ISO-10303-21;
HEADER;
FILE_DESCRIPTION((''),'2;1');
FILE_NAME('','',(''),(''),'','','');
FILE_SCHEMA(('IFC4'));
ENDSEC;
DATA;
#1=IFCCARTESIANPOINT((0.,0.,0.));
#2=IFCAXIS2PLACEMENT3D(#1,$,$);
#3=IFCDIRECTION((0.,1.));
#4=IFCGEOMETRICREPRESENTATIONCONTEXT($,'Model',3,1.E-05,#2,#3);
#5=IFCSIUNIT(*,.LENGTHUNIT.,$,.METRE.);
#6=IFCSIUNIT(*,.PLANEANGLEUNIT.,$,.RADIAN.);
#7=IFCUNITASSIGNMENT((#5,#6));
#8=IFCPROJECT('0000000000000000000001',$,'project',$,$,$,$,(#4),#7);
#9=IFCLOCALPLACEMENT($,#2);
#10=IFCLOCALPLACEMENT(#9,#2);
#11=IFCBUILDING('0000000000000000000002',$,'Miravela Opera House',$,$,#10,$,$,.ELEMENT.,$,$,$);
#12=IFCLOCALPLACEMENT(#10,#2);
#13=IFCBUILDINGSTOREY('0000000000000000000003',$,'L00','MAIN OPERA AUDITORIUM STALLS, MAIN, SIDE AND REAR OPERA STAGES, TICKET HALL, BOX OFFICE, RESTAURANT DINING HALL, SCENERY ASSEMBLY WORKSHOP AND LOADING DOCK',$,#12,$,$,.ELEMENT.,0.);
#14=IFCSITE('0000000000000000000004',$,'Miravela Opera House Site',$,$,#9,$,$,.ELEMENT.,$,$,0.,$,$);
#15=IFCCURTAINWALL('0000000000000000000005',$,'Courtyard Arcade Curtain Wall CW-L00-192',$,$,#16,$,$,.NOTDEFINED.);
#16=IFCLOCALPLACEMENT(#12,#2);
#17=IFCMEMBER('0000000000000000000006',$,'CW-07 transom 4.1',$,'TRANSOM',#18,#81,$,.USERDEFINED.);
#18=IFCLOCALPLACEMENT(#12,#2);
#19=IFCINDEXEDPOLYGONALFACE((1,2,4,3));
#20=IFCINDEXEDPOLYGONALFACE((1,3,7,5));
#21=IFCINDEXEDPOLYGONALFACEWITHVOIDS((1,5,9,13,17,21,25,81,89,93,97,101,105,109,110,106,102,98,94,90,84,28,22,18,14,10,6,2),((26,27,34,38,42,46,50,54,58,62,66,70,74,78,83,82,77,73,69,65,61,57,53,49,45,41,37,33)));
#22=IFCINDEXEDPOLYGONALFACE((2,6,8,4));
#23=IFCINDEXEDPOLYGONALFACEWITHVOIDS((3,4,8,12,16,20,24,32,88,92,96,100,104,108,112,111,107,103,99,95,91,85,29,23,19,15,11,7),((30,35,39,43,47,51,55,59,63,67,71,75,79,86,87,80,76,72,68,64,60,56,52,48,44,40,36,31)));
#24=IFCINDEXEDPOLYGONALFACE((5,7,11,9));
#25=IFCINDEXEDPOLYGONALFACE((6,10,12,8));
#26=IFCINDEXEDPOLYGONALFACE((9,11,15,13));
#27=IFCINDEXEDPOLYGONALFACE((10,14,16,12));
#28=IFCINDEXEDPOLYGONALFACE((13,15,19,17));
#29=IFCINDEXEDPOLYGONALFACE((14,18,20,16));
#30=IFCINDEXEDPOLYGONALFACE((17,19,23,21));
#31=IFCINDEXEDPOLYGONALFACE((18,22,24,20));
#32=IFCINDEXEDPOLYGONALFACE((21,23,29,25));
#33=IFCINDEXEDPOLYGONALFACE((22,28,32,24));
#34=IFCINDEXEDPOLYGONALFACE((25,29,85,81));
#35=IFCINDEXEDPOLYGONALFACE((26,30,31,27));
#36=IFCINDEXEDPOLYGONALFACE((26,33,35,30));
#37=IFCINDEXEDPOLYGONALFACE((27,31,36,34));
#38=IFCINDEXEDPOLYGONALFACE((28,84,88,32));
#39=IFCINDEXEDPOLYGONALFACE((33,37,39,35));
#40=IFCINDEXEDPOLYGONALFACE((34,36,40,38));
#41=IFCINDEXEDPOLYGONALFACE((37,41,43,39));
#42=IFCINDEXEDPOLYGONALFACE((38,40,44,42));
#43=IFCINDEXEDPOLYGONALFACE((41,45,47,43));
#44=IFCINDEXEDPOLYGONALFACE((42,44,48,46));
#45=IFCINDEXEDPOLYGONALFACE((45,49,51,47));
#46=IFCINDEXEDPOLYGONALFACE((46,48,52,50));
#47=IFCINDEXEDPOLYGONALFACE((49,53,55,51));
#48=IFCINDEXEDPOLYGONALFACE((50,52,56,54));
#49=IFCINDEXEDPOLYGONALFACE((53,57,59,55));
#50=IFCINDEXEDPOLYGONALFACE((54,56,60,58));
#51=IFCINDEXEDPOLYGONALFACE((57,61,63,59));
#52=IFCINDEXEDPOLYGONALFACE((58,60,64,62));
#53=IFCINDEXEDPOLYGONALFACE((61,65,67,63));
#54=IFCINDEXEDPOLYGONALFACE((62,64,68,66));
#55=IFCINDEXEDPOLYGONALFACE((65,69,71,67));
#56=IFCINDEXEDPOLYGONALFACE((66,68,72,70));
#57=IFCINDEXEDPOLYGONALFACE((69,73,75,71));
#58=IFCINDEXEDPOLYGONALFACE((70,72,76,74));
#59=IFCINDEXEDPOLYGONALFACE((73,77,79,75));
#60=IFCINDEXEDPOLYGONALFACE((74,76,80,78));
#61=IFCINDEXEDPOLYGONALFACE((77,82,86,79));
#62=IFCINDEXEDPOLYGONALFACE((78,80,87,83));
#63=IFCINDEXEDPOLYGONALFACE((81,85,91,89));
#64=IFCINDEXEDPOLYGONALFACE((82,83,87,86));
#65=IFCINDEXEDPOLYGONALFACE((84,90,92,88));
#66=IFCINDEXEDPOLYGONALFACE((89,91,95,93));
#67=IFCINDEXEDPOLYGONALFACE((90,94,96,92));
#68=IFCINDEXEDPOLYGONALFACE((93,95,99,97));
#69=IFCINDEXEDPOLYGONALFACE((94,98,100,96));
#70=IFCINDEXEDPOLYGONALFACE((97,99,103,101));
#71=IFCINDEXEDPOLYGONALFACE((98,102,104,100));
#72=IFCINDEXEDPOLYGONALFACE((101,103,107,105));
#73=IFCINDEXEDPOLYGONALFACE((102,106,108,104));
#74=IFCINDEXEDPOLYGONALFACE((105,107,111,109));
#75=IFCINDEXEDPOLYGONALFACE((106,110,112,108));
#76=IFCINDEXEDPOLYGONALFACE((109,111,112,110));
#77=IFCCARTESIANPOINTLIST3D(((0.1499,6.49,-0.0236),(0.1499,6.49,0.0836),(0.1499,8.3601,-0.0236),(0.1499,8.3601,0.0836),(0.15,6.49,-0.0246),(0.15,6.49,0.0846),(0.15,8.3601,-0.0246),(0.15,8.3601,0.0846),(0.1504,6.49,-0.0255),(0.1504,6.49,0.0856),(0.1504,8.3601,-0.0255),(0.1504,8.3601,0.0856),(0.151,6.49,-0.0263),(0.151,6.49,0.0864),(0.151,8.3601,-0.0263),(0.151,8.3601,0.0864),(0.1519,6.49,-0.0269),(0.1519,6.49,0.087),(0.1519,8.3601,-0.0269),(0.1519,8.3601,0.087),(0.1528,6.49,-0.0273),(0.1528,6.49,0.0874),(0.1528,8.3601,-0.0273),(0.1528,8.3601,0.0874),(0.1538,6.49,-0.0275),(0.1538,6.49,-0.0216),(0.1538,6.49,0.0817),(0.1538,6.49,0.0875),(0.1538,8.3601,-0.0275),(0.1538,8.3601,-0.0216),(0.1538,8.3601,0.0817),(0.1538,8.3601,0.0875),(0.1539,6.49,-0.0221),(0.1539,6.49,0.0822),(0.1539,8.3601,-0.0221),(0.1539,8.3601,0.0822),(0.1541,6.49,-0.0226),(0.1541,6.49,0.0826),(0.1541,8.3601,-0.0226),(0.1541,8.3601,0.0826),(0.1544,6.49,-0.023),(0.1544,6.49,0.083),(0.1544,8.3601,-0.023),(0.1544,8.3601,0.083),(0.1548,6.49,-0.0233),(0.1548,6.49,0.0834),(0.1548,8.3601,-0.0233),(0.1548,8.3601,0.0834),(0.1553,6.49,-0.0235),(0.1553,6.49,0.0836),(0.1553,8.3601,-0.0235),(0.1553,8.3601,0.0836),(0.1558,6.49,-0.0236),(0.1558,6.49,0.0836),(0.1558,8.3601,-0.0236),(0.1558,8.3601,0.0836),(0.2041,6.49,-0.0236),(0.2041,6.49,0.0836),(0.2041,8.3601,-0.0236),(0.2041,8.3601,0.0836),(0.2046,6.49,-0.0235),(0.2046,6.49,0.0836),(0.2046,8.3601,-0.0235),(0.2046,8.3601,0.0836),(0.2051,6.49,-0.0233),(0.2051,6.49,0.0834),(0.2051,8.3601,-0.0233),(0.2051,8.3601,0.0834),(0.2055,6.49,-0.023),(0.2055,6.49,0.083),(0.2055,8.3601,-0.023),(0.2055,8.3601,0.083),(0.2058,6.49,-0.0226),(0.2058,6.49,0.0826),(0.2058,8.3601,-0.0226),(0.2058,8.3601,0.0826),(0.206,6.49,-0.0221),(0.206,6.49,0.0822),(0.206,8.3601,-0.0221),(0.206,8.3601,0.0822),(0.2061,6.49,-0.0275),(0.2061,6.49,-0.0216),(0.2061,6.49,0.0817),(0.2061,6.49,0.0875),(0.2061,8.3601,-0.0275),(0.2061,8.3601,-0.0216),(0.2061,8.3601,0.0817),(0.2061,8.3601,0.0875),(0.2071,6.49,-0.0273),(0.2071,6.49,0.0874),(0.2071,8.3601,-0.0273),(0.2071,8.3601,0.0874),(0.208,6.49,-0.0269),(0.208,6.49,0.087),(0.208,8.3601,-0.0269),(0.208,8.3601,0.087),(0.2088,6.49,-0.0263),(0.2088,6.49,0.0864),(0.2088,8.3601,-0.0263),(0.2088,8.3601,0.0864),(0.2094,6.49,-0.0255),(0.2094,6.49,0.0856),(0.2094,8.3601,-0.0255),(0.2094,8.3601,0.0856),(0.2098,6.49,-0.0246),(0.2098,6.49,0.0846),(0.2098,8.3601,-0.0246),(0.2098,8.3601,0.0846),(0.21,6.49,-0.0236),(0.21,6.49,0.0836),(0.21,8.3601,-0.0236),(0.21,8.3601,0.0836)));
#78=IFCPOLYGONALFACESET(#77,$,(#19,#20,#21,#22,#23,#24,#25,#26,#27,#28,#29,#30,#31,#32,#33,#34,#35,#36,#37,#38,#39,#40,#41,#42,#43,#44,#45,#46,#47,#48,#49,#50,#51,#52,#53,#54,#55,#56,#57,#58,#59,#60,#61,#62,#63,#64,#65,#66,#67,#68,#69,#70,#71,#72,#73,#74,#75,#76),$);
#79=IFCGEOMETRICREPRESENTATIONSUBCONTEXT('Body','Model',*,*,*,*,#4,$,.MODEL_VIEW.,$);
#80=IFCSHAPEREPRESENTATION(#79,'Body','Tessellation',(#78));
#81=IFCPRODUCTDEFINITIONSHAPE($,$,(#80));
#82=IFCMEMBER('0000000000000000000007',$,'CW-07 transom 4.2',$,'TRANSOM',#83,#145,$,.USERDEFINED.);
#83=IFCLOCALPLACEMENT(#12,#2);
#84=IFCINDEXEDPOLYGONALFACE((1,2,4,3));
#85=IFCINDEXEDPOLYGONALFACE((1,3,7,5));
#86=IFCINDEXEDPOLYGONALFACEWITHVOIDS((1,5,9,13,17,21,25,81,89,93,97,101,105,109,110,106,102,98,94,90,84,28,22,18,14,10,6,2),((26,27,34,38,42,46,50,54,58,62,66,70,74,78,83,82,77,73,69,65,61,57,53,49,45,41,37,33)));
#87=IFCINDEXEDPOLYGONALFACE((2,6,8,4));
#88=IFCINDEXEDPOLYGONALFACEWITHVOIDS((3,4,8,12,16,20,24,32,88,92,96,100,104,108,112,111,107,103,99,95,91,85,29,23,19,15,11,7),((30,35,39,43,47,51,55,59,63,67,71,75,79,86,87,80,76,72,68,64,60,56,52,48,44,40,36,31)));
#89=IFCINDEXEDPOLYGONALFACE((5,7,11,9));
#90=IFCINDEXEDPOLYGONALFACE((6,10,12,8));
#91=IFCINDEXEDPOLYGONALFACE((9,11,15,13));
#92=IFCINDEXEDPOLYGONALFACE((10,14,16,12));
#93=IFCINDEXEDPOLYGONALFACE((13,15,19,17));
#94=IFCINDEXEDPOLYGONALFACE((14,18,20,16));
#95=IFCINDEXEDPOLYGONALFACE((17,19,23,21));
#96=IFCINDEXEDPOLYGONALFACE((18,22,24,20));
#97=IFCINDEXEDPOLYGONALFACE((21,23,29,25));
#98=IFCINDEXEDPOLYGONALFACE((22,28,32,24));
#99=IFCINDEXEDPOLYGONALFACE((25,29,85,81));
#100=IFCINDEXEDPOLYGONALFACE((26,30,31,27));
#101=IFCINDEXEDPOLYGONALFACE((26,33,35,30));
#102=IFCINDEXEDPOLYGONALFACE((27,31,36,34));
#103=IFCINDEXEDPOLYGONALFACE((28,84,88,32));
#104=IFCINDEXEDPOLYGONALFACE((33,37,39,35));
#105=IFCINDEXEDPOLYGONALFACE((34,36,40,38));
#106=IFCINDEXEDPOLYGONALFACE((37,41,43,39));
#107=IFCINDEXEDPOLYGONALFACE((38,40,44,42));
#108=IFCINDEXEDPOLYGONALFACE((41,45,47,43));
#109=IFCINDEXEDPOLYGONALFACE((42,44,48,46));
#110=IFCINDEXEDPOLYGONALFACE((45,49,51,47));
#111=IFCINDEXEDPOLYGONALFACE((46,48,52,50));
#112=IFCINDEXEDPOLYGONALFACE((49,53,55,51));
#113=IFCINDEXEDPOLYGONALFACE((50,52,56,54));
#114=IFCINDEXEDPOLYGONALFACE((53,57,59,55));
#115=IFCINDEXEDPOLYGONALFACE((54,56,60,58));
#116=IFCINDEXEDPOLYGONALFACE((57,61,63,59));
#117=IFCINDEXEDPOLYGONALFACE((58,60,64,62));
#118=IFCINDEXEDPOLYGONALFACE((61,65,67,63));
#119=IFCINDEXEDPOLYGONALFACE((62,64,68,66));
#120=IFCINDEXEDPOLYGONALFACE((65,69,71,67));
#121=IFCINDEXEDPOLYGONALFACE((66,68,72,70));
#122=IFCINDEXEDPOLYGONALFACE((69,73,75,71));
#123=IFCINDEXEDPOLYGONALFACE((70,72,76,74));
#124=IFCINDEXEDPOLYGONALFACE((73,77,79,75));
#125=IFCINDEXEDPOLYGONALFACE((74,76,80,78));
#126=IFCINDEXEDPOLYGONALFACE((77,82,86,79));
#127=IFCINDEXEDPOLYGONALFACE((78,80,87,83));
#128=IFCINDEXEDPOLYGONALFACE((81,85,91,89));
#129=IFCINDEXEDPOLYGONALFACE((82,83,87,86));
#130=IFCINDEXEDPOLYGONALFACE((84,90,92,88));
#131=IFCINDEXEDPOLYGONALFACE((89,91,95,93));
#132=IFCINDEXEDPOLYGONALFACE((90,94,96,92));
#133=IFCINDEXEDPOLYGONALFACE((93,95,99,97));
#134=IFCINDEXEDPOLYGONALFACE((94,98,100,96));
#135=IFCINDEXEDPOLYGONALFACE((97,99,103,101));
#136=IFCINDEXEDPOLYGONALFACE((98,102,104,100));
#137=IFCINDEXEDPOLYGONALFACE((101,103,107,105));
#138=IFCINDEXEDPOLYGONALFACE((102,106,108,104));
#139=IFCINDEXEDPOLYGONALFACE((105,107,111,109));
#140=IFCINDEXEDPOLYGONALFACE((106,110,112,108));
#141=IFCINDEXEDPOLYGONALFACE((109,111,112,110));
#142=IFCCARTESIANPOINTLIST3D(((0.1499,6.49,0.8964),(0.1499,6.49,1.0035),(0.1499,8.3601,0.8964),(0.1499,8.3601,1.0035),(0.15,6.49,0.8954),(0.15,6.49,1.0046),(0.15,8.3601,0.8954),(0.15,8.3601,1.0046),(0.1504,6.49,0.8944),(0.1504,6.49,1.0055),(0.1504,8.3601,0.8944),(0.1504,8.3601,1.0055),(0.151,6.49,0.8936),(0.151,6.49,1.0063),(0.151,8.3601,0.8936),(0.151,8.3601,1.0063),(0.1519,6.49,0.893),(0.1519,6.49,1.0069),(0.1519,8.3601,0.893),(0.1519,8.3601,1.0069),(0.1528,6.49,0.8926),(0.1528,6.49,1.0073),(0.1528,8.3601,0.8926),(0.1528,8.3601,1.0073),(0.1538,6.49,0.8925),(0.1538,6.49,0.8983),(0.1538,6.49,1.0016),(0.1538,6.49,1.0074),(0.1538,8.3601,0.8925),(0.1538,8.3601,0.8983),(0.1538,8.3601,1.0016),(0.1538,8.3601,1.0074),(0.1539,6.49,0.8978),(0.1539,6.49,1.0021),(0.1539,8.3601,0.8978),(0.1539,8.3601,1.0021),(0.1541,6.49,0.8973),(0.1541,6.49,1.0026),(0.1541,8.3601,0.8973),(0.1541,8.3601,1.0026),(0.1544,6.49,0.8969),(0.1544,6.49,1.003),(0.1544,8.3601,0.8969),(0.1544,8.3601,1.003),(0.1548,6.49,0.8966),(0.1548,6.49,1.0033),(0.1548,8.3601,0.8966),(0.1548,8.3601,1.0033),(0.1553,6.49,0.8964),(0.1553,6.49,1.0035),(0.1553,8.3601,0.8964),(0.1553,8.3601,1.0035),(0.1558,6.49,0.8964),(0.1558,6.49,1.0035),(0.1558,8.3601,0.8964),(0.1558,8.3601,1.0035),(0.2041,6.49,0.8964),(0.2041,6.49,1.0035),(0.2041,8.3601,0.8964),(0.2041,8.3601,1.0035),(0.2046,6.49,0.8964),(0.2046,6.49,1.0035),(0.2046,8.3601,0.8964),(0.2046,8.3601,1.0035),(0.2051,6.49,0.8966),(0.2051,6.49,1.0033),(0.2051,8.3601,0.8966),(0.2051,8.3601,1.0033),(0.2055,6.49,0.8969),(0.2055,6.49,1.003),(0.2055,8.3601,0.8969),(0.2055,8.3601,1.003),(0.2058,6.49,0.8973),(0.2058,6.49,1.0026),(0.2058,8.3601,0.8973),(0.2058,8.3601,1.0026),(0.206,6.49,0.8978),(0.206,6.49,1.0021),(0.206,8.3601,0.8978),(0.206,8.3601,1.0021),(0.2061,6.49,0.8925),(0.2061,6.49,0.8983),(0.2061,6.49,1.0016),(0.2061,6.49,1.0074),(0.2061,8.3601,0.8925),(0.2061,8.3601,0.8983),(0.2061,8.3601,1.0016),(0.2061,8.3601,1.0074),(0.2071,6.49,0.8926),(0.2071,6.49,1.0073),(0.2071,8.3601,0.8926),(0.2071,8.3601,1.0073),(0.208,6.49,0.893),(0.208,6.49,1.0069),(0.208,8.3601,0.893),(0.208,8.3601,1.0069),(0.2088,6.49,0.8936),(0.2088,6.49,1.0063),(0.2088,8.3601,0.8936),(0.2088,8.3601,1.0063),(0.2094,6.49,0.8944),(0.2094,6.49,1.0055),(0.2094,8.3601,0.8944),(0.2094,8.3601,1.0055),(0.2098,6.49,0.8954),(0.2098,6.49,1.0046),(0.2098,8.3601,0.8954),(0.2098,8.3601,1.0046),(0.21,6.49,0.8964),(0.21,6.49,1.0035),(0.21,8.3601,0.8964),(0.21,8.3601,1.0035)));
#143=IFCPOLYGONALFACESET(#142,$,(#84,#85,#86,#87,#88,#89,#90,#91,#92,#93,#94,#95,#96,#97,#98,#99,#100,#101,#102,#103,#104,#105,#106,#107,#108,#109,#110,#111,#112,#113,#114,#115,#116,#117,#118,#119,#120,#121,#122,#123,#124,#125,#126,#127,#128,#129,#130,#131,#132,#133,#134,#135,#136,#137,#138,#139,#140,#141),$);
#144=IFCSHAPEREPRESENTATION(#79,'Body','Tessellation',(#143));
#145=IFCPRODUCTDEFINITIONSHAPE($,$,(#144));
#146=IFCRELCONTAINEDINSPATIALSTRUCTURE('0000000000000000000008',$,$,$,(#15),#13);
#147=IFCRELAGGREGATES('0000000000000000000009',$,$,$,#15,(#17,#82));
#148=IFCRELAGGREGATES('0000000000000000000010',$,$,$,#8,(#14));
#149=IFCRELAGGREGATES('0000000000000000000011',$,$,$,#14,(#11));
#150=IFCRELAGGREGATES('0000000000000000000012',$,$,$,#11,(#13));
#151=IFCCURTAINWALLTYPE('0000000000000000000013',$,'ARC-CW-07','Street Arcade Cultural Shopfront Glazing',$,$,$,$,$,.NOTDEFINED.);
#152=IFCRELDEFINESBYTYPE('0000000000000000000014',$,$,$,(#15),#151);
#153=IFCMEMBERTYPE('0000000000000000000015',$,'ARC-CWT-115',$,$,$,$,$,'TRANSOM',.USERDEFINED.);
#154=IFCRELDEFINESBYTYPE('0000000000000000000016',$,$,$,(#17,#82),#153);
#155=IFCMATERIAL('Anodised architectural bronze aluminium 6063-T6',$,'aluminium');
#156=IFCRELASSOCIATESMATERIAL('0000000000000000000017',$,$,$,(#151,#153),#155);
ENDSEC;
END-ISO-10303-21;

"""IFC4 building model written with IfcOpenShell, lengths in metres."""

from ifc_helpers import new_model, si_unit, direction, frame, origin, origin_2d, place, context, subcontext, project, spatial, hollow_rectangle, extrude, material, material_profile, profile_set, type_object, element, aggregate, save


model = new_model("IFC4")

# Units and contexts
model_context = context("Model", 3, precision=1e-05, world=origin(), true_north=direction((0.0, 1.0)))
body_context = subcontext(model_context, "Body", "Model", "MODEL_VIEW")
ifc_project = project(units=[si_unit("LENGTHUNIT", "METRE"), si_unit("PLANEANGLEUNIT", "RADIAN")], contexts=[model_context])

# Site, building, storey
site_placement = place(None, origin())
site = spatial("IfcSite", under=ifc_project, at=site_placement, Name="Miravela Opera House Site", CompositionType="ELEMENT", RefElevation=0.0)
building_placement = place(site_placement, origin())
building = spatial("IfcBuilding", under=site, at=building_placement, Name="Miravela Opera House", CompositionType="ELEMENT")
storey_placement = place(building_placement, origin())
storey = spatial("IfcBuildingStorey", under=building, at=storey_placement, Name="L00", Description="MAIN OPERA AUDITORIUM STALLS, MAIN, SIDE AND REAR OPERA STAGES, TICKET HALL, BOX OFFICE, RESTAURANT DINING HALL, SCENERY ASSEMBLY WORKSHOP AND LOADING DOCK", CompositionType="ELEMENT", Elevation=0.0)

# Curtain wall, members
ifc_material_1 = material(Name="Anodised architectural bronze aluminium 6063-T6", Category="aluminium")
curtain_wall_type = type_object("IfcCurtainWallType", Name="ARC-CW-07", Description="Street Arcade Cultural Shopfront Glazing", PredefinedType="NOTDEFINED", material=ifc_material_1)
curtain_wall_placement = place(storey_placement, origin())
curtain_wall = element("IfcCurtainWall", 1, at=curtain_wall_placement, inside=storey, type_object=curtain_wall_type, Name="Courtyard Arcade Curtain Wall CW-L00-192", PredefinedType="NOTDEFINED")
ifc_material_profile_1 = material_profile(ifc_material_1, hollow_rectangle(XDim=0.0601, YDim=0.115, WallThickness=0.0039, InnerFilletRadius=0.002, OuterFilletRadius=0.0039, at=origin_2d()), Name="CWT-60X115")
ifc_profile_set_1 = profile_set([ifc_material_profile_1])
member_type_1 = type_object("IfcMemberType", Name="ARC-CWT-115", ElementType="TRANSOM", PredefinedType="USERDEFINED", material=ifc_profile_set_1)
member_1_placement = place(storey_placement, frame((0.1799, 6.49, 0.03), z_axis=(0.0, 1.0, 0.0), x_axis=(-1.0, 0.0, 0.0)))
member_1 = element("IfcMember", 2, at=member_1_placement, type_object=member_type_1, Name="CW-07 transom 4.1", ObjectType="TRANSOM", PredefinedType="USERDEFINED", context=body_context, shape_type="SweptSolid", body=[
    extrude(hollow_rectangle(XDim=0.0601, YDim=0.115, WallThickness=0.0039, InnerFilletRadius=0.002, OuterFilletRadius=0.0039, at=origin_2d()), origin(), (0.0, 0.0, 1.0), 1.8701),
])
member_2_placement = place(storey_placement, frame((0.1799, 6.49, 0.95), z_axis=(0.0, 1.0, 0.0), x_axis=(-1.0, 0.0, 0.0)))
member_2 = element("IfcMember", 3, at=member_2_placement, type_object=member_type_1, Name="CW-07 transom 4.2", ObjectType="TRANSOM", PredefinedType="USERDEFINED", context=body_context, shape_type="SweptSolid", body=[
    extrude(hollow_rectangle(XDim=0.0601, YDim=0.115, WallThickness=0.0039, InnerFilletRadius=0.002, OuterFilletRadius=0.0039, at=origin_2d()), origin(), (0.0, 0.0, 1.0), 1.8701),
])

aggregate(curtain_wall, [member_1, member_2])

save(model, "model.ifc")
